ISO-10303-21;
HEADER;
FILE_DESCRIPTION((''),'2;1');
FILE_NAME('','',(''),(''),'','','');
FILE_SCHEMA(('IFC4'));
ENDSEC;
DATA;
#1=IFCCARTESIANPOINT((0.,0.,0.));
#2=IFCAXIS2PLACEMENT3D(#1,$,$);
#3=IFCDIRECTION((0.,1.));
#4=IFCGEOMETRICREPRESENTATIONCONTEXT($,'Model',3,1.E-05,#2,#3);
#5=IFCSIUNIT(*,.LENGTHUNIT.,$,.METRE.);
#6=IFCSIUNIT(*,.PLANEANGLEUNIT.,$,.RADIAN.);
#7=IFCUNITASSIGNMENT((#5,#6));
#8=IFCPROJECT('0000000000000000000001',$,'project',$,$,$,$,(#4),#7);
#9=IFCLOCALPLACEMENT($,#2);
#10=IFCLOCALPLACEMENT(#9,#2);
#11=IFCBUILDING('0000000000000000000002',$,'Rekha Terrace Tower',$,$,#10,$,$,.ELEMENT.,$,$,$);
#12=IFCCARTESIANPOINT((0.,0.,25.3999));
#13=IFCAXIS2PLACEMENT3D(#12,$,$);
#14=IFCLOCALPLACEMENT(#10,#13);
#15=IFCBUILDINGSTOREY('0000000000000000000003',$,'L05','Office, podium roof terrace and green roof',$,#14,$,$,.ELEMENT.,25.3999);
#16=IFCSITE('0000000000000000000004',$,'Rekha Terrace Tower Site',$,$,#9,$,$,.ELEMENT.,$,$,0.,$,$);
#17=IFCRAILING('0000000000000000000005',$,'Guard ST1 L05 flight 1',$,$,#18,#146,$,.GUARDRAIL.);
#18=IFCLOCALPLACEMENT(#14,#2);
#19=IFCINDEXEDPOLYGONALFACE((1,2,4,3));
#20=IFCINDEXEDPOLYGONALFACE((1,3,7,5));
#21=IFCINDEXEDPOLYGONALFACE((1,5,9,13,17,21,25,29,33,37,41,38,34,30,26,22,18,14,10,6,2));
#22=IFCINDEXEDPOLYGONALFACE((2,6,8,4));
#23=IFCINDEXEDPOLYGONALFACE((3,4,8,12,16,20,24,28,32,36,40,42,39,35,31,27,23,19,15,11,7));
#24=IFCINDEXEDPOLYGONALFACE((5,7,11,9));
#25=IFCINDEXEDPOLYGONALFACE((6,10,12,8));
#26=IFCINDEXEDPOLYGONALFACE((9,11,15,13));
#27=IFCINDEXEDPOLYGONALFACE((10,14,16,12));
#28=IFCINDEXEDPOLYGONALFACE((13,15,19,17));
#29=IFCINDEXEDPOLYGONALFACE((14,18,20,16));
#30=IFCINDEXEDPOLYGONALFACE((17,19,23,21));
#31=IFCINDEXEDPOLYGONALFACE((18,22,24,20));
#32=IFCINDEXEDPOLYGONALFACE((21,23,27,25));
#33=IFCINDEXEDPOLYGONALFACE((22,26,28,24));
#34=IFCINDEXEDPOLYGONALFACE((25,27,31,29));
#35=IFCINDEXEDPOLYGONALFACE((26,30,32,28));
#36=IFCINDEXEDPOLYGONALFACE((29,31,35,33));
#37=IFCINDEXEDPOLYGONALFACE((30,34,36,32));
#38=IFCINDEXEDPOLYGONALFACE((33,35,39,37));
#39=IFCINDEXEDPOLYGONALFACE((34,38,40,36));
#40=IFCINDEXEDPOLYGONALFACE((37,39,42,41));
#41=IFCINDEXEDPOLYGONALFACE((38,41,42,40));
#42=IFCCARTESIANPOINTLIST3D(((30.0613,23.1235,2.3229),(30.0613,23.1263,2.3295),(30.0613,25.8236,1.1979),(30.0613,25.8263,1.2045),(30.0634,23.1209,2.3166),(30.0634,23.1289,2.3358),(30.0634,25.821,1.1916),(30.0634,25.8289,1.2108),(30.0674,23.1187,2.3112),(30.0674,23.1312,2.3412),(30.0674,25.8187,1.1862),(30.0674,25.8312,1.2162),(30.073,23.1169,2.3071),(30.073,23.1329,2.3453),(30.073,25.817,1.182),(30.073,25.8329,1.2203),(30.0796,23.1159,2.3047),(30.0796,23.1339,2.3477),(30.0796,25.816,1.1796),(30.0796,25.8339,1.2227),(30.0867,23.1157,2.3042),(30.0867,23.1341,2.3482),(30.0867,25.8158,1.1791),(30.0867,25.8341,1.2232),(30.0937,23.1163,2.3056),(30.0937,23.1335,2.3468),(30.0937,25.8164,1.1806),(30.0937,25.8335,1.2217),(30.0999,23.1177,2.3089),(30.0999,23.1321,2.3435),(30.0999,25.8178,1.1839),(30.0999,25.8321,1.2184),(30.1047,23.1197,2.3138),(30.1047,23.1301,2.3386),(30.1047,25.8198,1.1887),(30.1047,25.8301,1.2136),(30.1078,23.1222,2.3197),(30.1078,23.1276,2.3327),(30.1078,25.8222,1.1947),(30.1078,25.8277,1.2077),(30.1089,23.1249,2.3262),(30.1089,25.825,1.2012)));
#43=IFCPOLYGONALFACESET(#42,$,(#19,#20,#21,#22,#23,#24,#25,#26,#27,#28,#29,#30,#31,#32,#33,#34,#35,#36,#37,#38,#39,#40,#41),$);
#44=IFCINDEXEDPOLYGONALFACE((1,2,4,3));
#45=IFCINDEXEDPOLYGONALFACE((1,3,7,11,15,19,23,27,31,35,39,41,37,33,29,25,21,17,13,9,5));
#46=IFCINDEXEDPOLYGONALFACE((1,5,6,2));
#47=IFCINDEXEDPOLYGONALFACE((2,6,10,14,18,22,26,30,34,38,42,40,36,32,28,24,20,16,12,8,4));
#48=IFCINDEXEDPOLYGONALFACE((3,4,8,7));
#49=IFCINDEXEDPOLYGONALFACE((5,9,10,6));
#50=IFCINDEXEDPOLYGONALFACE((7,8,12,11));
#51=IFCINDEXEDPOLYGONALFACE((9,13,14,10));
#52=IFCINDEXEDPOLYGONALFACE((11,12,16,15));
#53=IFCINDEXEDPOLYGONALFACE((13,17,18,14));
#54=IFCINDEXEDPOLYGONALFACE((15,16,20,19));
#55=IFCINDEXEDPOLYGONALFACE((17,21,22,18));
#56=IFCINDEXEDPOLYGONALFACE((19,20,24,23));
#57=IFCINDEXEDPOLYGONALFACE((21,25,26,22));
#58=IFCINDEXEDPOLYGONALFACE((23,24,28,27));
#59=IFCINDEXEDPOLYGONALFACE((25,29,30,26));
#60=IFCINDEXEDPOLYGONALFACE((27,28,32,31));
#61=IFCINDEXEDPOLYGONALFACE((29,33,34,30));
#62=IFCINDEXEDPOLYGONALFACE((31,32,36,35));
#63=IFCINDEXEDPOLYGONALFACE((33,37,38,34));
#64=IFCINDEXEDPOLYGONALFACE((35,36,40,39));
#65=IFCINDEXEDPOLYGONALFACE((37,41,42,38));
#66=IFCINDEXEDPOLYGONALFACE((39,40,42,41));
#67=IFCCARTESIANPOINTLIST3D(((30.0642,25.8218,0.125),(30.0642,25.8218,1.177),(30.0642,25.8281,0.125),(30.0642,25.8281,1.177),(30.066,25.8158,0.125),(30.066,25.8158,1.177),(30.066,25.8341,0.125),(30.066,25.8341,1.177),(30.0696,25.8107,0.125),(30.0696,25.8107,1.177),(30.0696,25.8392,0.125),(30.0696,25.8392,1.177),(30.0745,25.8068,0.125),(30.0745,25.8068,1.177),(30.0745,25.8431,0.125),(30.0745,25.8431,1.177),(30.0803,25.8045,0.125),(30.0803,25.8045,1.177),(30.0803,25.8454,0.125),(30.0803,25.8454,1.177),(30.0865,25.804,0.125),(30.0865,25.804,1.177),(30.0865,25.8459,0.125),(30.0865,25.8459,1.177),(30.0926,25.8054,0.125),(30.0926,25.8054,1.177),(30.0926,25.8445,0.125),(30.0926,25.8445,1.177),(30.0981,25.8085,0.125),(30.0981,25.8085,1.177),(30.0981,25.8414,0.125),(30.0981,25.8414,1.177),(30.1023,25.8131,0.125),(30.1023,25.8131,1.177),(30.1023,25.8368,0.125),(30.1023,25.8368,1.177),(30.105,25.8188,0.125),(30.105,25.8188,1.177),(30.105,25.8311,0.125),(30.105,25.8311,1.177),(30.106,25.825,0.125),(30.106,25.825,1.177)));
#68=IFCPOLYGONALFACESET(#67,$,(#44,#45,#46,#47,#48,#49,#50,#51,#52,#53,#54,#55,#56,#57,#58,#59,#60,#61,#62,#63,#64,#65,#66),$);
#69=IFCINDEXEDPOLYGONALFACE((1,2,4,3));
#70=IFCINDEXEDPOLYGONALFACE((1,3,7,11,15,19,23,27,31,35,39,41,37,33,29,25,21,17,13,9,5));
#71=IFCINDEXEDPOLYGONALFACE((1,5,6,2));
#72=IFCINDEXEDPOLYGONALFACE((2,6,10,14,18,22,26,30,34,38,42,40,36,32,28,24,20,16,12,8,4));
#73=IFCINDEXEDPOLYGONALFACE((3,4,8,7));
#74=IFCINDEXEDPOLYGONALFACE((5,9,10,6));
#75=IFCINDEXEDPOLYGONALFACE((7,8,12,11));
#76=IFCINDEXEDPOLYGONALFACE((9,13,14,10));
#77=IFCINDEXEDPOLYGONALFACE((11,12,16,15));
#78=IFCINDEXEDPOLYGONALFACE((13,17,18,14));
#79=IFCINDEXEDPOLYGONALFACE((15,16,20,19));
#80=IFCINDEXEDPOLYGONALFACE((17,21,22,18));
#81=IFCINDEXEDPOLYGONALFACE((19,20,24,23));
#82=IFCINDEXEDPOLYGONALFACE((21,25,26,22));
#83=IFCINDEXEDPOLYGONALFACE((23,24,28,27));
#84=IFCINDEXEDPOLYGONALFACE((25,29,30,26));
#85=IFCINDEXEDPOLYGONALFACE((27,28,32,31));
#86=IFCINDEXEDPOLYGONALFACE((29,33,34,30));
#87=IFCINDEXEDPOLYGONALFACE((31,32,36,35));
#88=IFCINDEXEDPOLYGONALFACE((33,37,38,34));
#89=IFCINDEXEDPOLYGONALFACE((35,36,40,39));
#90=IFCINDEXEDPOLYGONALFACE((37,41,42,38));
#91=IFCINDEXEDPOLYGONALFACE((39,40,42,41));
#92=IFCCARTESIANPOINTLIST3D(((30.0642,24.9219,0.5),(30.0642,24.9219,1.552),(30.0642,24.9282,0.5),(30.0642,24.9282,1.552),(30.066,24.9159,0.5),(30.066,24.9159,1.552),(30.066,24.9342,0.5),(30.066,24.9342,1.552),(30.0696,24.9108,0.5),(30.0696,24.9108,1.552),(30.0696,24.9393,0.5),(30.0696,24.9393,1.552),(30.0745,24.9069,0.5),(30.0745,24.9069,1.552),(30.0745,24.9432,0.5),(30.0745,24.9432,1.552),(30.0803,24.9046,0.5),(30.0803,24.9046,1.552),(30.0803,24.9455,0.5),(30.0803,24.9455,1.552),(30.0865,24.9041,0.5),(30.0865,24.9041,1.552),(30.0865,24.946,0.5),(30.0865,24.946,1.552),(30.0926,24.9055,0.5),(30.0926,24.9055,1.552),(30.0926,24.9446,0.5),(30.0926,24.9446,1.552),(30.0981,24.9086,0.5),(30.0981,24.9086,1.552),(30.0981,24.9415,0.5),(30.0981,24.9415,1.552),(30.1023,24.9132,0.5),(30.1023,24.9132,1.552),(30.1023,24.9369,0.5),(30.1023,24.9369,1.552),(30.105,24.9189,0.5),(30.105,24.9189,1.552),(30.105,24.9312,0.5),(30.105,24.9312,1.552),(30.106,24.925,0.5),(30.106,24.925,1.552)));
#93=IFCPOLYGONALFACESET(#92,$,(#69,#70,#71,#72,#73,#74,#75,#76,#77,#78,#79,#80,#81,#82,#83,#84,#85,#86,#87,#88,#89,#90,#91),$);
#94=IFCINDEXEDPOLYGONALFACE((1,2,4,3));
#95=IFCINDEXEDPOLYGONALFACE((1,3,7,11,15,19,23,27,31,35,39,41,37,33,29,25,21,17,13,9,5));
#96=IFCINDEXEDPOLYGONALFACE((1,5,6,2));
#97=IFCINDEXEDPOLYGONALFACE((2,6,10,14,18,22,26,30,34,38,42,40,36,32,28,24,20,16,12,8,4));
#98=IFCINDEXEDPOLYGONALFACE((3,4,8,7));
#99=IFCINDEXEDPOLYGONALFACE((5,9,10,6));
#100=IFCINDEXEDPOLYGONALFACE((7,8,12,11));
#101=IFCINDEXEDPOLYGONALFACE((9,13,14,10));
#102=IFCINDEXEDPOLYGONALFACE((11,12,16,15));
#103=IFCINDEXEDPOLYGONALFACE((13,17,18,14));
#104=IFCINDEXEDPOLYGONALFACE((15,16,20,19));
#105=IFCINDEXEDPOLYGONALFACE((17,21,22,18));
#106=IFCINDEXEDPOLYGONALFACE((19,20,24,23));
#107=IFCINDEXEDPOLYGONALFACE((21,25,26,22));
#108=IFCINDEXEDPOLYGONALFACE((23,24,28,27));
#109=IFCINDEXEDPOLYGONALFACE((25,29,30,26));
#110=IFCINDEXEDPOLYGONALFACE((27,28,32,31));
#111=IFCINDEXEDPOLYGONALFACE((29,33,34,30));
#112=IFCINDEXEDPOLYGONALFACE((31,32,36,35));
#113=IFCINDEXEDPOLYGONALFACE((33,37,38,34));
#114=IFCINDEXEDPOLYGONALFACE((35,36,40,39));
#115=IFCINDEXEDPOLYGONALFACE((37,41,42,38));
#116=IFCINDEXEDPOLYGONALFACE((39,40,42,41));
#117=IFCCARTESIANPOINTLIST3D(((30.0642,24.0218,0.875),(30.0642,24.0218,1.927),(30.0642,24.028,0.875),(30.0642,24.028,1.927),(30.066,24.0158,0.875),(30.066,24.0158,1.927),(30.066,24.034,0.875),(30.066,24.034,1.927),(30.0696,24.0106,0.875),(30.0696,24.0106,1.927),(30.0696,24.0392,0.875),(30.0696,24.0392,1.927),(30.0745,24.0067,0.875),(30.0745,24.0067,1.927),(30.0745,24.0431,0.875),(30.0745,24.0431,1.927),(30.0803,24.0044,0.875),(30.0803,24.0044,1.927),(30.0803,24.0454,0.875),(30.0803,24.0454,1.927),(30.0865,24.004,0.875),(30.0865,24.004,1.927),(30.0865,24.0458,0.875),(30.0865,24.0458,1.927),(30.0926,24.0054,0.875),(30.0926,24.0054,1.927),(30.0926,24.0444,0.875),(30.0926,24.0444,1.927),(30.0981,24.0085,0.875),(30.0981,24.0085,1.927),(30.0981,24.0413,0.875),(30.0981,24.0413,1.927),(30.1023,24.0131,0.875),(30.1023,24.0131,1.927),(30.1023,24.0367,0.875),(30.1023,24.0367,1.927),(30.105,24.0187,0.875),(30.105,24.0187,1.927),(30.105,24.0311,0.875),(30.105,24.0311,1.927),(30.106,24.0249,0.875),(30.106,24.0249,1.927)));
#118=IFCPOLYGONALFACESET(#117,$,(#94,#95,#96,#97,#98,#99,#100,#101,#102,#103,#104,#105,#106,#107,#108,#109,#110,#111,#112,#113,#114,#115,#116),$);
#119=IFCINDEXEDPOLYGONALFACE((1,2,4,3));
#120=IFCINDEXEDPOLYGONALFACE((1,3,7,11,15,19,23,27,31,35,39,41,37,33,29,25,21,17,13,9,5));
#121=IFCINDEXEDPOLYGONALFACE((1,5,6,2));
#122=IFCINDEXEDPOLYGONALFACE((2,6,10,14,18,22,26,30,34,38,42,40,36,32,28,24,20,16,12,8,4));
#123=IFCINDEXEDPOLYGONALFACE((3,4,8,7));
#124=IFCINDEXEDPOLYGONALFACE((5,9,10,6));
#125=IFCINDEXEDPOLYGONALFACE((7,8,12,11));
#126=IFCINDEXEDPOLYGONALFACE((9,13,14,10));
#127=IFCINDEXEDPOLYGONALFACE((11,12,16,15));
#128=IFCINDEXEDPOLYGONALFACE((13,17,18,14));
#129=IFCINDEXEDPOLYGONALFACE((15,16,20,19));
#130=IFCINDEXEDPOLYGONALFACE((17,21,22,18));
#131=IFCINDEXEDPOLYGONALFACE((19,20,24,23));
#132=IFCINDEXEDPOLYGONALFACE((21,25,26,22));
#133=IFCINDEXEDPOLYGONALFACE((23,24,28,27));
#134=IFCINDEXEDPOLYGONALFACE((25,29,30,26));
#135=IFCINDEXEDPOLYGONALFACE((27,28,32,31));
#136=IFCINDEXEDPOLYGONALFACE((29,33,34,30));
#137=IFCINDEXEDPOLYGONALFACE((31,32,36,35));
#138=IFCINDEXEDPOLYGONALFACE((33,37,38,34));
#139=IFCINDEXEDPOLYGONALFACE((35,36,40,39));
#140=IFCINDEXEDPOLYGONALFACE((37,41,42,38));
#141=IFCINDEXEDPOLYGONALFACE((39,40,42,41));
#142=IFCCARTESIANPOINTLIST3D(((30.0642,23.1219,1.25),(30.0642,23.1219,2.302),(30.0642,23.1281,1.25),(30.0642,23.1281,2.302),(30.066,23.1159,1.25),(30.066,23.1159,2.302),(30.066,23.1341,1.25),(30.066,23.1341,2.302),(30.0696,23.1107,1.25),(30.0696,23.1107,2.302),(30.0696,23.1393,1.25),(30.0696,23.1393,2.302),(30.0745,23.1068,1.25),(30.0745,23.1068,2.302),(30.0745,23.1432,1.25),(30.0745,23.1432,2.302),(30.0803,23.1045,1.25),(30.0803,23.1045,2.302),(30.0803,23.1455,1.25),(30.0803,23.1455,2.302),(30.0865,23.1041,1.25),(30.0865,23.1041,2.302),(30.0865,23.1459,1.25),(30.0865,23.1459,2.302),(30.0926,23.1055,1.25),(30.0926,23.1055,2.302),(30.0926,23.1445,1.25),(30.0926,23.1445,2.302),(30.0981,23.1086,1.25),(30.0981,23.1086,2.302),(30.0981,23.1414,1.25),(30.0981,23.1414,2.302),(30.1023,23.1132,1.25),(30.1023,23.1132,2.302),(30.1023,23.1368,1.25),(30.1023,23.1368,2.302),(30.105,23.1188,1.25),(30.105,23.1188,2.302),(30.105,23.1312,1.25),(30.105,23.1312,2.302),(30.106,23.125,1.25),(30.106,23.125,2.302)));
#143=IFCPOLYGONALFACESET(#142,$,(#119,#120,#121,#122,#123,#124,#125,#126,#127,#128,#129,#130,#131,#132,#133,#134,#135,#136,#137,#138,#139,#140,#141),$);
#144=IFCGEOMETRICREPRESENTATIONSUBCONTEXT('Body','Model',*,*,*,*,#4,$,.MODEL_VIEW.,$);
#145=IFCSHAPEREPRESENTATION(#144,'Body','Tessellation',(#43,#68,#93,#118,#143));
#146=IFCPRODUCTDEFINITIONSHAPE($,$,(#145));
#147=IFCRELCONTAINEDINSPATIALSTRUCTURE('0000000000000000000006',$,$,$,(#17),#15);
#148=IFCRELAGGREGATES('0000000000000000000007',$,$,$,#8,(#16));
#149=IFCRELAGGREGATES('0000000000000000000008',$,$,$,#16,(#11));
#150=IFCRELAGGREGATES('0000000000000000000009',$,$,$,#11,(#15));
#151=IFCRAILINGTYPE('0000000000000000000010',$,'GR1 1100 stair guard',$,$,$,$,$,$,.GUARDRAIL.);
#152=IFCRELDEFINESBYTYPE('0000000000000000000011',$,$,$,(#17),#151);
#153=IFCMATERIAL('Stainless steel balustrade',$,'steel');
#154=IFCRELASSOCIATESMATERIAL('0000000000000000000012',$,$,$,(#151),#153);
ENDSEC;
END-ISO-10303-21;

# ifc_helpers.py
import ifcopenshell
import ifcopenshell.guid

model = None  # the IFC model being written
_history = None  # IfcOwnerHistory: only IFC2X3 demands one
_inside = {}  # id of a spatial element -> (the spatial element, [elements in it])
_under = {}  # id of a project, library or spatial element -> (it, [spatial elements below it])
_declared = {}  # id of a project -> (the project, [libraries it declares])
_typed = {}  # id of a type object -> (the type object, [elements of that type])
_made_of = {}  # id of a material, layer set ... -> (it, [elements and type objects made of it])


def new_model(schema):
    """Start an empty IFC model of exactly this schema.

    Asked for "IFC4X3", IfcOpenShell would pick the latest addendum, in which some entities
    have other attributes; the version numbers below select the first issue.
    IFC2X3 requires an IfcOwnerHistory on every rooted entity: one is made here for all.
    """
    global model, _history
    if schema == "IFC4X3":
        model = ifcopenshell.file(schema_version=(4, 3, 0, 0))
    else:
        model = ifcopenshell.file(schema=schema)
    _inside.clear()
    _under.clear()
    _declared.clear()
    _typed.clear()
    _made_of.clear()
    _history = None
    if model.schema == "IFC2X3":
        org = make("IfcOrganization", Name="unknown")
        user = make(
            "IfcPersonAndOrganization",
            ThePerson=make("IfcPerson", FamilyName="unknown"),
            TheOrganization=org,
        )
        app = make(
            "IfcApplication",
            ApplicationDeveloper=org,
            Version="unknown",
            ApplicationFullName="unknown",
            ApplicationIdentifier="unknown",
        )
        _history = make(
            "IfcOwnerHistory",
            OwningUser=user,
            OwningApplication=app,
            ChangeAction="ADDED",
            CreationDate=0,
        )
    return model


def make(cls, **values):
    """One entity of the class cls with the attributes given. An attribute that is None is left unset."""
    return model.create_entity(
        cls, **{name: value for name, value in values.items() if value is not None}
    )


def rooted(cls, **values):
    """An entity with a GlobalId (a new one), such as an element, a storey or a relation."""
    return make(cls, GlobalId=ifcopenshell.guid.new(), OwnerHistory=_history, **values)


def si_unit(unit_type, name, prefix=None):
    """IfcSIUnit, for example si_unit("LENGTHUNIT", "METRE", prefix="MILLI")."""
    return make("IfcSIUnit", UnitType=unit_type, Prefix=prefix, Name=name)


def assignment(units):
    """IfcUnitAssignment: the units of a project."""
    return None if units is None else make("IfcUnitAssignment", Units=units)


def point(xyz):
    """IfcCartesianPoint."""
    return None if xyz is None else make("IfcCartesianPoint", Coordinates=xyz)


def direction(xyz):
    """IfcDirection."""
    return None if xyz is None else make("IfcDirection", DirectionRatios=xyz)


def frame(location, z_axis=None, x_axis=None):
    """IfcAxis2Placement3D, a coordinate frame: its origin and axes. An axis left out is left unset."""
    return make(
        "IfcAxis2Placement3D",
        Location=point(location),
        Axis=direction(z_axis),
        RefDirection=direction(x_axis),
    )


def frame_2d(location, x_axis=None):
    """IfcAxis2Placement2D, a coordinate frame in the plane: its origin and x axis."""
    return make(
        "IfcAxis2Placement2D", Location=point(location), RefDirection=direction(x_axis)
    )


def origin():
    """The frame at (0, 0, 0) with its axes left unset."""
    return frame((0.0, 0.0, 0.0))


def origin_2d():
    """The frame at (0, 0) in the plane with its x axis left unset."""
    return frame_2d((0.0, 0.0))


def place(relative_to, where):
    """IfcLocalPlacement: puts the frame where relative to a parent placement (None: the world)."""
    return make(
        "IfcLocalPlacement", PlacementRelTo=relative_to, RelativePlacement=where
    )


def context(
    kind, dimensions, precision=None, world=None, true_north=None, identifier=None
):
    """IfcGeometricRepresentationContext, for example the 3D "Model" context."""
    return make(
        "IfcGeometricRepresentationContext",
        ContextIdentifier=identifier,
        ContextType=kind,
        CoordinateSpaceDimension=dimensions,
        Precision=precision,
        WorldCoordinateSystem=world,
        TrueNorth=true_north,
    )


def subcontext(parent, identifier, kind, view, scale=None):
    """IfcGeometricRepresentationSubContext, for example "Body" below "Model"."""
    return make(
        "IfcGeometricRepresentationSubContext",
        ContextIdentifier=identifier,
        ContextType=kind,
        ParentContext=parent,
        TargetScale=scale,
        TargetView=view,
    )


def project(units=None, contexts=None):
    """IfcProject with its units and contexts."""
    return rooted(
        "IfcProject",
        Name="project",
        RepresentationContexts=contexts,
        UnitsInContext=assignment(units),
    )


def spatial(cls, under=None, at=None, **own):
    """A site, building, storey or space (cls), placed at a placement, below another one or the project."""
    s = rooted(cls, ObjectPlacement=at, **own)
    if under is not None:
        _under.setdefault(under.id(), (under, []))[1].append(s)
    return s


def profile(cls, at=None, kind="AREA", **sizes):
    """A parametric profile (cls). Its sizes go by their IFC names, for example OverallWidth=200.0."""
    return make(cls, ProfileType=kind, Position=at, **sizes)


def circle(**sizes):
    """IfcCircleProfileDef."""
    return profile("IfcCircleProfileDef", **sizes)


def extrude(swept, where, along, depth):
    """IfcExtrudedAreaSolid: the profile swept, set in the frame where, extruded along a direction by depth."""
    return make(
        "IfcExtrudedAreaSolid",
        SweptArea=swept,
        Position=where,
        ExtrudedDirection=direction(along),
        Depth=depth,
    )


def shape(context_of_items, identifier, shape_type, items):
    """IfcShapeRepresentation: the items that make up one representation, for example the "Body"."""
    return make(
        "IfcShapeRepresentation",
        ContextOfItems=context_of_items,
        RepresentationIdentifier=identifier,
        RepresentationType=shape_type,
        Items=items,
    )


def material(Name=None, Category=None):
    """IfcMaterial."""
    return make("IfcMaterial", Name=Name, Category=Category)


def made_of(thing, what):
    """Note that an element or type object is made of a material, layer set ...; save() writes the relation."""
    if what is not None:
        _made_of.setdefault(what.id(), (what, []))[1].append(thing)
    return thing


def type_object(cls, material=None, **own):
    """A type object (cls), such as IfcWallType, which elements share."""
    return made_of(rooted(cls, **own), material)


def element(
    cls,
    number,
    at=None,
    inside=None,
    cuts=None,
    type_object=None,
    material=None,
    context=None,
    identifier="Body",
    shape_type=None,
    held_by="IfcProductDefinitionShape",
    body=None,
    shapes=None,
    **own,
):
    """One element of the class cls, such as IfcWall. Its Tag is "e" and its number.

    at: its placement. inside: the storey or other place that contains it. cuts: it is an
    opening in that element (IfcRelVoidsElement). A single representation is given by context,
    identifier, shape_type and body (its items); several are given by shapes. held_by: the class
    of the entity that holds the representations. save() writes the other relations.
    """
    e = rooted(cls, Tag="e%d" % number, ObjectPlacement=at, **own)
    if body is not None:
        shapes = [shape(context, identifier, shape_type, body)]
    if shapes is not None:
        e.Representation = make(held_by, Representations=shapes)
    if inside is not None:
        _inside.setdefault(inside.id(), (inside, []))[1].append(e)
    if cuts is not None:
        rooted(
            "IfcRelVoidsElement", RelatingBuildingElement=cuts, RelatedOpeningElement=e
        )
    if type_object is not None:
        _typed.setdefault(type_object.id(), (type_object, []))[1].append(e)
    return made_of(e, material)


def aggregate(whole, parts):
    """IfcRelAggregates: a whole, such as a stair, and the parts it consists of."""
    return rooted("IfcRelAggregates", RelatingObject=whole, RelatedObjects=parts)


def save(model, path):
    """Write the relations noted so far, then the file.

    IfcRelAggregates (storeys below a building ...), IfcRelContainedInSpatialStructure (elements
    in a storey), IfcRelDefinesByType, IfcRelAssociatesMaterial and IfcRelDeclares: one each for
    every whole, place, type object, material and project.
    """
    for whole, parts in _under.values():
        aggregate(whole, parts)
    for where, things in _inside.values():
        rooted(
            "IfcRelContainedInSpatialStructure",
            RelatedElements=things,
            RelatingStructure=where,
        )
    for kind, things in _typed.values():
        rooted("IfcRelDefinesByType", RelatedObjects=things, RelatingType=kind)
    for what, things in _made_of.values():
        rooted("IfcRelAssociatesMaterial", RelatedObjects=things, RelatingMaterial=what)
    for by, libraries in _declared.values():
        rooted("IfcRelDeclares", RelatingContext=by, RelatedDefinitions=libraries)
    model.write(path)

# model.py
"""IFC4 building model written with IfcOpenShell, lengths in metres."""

from ifc_helpers import new_model, si_unit, direction, frame, origin, origin_2d, place, context, subcontext, project, spatial, circle, extrude, material, type_object, element, save


model = new_model("IFC4")

# Units and contexts
model_context = context("Model", 3, precision=1e-05, world=origin(), true_north=direction((0.0, 1.0)))
body_context = subcontext(model_context, "Body", "Model", "MODEL_VIEW")
ifc_project = project(units=[si_unit("LENGTHUNIT", "METRE"), si_unit("PLANEANGLEUNIT", "RADIAN")], contexts=[model_context])

# Site, building, storey
site_placement = place(None, origin())
site = spatial("IfcSite", under=ifc_project, at=site_placement, Name="Rekha Terrace Tower Site", CompositionType="ELEMENT", RefElevation=0.0)
building_placement = place(site_placement, origin())
building = spatial("IfcBuilding", under=site, at=building_placement, Name="Rekha Terrace Tower", CompositionType="ELEMENT")
storey_placement = place(building_placement, frame((0.0, 0.0, 25.3999)))
storey = spatial("IfcBuildingStorey", under=building, at=storey_placement, Name="L05", Description="Office, podium roof terrace and green roof", CompositionType="ELEMENT", Elevation=25.3999)

# Railing
ifc_material_1 = material(Name="Stainless steel balustrade", Category="steel")
railing_type_1 = type_object("IfcRailingType", Name="GR1 1100 stair guard", PredefinedType="GUARDRAIL", material=ifc_material_1)
railing_1_placement = place(storey_placement, frame((30.085, 25.825, 0.125)))
element("IfcRailing", 1, at=railing_1_placement, inside=storey, type_object=railing_type_1, Name="Guard ST1 L05 flight 1", PredefinedType="GUARDRAIL", context=body_context, shape_type="SweptSolid", body=[
    extrude(circle(Radius=0.0239, at=origin_2d()), frame((0.0, 0.0, 1.0762), z_axis=(0.0, -0.923074, 0.384621), x_axis=(1.0, 0.0, 0.0)), (0.0, 0.0, 1.0), 2.925),
    extrude(circle(Radius=0.021, at=origin_2d()), origin(), (0.0, 0.0, 1.0), 1.052),
    extrude(circle(Radius=0.021, at=origin_2d()), frame((0.0, -0.8999, 0.375)), (0.0, 0.0, 1.0), 1.052),
    extrude(circle(Radius=0.021, at=origin_2d()), frame((0.0, -1.8, 0.75)), (0.0, 0.0, 1.0), 1.052),
    extrude(circle(Radius=0.021, at=origin_2d()), frame((0.0, -2.7, 1.125)), (0.0, 0.0, 1.0), 1.052),
])

save(model, "model.ifc")
